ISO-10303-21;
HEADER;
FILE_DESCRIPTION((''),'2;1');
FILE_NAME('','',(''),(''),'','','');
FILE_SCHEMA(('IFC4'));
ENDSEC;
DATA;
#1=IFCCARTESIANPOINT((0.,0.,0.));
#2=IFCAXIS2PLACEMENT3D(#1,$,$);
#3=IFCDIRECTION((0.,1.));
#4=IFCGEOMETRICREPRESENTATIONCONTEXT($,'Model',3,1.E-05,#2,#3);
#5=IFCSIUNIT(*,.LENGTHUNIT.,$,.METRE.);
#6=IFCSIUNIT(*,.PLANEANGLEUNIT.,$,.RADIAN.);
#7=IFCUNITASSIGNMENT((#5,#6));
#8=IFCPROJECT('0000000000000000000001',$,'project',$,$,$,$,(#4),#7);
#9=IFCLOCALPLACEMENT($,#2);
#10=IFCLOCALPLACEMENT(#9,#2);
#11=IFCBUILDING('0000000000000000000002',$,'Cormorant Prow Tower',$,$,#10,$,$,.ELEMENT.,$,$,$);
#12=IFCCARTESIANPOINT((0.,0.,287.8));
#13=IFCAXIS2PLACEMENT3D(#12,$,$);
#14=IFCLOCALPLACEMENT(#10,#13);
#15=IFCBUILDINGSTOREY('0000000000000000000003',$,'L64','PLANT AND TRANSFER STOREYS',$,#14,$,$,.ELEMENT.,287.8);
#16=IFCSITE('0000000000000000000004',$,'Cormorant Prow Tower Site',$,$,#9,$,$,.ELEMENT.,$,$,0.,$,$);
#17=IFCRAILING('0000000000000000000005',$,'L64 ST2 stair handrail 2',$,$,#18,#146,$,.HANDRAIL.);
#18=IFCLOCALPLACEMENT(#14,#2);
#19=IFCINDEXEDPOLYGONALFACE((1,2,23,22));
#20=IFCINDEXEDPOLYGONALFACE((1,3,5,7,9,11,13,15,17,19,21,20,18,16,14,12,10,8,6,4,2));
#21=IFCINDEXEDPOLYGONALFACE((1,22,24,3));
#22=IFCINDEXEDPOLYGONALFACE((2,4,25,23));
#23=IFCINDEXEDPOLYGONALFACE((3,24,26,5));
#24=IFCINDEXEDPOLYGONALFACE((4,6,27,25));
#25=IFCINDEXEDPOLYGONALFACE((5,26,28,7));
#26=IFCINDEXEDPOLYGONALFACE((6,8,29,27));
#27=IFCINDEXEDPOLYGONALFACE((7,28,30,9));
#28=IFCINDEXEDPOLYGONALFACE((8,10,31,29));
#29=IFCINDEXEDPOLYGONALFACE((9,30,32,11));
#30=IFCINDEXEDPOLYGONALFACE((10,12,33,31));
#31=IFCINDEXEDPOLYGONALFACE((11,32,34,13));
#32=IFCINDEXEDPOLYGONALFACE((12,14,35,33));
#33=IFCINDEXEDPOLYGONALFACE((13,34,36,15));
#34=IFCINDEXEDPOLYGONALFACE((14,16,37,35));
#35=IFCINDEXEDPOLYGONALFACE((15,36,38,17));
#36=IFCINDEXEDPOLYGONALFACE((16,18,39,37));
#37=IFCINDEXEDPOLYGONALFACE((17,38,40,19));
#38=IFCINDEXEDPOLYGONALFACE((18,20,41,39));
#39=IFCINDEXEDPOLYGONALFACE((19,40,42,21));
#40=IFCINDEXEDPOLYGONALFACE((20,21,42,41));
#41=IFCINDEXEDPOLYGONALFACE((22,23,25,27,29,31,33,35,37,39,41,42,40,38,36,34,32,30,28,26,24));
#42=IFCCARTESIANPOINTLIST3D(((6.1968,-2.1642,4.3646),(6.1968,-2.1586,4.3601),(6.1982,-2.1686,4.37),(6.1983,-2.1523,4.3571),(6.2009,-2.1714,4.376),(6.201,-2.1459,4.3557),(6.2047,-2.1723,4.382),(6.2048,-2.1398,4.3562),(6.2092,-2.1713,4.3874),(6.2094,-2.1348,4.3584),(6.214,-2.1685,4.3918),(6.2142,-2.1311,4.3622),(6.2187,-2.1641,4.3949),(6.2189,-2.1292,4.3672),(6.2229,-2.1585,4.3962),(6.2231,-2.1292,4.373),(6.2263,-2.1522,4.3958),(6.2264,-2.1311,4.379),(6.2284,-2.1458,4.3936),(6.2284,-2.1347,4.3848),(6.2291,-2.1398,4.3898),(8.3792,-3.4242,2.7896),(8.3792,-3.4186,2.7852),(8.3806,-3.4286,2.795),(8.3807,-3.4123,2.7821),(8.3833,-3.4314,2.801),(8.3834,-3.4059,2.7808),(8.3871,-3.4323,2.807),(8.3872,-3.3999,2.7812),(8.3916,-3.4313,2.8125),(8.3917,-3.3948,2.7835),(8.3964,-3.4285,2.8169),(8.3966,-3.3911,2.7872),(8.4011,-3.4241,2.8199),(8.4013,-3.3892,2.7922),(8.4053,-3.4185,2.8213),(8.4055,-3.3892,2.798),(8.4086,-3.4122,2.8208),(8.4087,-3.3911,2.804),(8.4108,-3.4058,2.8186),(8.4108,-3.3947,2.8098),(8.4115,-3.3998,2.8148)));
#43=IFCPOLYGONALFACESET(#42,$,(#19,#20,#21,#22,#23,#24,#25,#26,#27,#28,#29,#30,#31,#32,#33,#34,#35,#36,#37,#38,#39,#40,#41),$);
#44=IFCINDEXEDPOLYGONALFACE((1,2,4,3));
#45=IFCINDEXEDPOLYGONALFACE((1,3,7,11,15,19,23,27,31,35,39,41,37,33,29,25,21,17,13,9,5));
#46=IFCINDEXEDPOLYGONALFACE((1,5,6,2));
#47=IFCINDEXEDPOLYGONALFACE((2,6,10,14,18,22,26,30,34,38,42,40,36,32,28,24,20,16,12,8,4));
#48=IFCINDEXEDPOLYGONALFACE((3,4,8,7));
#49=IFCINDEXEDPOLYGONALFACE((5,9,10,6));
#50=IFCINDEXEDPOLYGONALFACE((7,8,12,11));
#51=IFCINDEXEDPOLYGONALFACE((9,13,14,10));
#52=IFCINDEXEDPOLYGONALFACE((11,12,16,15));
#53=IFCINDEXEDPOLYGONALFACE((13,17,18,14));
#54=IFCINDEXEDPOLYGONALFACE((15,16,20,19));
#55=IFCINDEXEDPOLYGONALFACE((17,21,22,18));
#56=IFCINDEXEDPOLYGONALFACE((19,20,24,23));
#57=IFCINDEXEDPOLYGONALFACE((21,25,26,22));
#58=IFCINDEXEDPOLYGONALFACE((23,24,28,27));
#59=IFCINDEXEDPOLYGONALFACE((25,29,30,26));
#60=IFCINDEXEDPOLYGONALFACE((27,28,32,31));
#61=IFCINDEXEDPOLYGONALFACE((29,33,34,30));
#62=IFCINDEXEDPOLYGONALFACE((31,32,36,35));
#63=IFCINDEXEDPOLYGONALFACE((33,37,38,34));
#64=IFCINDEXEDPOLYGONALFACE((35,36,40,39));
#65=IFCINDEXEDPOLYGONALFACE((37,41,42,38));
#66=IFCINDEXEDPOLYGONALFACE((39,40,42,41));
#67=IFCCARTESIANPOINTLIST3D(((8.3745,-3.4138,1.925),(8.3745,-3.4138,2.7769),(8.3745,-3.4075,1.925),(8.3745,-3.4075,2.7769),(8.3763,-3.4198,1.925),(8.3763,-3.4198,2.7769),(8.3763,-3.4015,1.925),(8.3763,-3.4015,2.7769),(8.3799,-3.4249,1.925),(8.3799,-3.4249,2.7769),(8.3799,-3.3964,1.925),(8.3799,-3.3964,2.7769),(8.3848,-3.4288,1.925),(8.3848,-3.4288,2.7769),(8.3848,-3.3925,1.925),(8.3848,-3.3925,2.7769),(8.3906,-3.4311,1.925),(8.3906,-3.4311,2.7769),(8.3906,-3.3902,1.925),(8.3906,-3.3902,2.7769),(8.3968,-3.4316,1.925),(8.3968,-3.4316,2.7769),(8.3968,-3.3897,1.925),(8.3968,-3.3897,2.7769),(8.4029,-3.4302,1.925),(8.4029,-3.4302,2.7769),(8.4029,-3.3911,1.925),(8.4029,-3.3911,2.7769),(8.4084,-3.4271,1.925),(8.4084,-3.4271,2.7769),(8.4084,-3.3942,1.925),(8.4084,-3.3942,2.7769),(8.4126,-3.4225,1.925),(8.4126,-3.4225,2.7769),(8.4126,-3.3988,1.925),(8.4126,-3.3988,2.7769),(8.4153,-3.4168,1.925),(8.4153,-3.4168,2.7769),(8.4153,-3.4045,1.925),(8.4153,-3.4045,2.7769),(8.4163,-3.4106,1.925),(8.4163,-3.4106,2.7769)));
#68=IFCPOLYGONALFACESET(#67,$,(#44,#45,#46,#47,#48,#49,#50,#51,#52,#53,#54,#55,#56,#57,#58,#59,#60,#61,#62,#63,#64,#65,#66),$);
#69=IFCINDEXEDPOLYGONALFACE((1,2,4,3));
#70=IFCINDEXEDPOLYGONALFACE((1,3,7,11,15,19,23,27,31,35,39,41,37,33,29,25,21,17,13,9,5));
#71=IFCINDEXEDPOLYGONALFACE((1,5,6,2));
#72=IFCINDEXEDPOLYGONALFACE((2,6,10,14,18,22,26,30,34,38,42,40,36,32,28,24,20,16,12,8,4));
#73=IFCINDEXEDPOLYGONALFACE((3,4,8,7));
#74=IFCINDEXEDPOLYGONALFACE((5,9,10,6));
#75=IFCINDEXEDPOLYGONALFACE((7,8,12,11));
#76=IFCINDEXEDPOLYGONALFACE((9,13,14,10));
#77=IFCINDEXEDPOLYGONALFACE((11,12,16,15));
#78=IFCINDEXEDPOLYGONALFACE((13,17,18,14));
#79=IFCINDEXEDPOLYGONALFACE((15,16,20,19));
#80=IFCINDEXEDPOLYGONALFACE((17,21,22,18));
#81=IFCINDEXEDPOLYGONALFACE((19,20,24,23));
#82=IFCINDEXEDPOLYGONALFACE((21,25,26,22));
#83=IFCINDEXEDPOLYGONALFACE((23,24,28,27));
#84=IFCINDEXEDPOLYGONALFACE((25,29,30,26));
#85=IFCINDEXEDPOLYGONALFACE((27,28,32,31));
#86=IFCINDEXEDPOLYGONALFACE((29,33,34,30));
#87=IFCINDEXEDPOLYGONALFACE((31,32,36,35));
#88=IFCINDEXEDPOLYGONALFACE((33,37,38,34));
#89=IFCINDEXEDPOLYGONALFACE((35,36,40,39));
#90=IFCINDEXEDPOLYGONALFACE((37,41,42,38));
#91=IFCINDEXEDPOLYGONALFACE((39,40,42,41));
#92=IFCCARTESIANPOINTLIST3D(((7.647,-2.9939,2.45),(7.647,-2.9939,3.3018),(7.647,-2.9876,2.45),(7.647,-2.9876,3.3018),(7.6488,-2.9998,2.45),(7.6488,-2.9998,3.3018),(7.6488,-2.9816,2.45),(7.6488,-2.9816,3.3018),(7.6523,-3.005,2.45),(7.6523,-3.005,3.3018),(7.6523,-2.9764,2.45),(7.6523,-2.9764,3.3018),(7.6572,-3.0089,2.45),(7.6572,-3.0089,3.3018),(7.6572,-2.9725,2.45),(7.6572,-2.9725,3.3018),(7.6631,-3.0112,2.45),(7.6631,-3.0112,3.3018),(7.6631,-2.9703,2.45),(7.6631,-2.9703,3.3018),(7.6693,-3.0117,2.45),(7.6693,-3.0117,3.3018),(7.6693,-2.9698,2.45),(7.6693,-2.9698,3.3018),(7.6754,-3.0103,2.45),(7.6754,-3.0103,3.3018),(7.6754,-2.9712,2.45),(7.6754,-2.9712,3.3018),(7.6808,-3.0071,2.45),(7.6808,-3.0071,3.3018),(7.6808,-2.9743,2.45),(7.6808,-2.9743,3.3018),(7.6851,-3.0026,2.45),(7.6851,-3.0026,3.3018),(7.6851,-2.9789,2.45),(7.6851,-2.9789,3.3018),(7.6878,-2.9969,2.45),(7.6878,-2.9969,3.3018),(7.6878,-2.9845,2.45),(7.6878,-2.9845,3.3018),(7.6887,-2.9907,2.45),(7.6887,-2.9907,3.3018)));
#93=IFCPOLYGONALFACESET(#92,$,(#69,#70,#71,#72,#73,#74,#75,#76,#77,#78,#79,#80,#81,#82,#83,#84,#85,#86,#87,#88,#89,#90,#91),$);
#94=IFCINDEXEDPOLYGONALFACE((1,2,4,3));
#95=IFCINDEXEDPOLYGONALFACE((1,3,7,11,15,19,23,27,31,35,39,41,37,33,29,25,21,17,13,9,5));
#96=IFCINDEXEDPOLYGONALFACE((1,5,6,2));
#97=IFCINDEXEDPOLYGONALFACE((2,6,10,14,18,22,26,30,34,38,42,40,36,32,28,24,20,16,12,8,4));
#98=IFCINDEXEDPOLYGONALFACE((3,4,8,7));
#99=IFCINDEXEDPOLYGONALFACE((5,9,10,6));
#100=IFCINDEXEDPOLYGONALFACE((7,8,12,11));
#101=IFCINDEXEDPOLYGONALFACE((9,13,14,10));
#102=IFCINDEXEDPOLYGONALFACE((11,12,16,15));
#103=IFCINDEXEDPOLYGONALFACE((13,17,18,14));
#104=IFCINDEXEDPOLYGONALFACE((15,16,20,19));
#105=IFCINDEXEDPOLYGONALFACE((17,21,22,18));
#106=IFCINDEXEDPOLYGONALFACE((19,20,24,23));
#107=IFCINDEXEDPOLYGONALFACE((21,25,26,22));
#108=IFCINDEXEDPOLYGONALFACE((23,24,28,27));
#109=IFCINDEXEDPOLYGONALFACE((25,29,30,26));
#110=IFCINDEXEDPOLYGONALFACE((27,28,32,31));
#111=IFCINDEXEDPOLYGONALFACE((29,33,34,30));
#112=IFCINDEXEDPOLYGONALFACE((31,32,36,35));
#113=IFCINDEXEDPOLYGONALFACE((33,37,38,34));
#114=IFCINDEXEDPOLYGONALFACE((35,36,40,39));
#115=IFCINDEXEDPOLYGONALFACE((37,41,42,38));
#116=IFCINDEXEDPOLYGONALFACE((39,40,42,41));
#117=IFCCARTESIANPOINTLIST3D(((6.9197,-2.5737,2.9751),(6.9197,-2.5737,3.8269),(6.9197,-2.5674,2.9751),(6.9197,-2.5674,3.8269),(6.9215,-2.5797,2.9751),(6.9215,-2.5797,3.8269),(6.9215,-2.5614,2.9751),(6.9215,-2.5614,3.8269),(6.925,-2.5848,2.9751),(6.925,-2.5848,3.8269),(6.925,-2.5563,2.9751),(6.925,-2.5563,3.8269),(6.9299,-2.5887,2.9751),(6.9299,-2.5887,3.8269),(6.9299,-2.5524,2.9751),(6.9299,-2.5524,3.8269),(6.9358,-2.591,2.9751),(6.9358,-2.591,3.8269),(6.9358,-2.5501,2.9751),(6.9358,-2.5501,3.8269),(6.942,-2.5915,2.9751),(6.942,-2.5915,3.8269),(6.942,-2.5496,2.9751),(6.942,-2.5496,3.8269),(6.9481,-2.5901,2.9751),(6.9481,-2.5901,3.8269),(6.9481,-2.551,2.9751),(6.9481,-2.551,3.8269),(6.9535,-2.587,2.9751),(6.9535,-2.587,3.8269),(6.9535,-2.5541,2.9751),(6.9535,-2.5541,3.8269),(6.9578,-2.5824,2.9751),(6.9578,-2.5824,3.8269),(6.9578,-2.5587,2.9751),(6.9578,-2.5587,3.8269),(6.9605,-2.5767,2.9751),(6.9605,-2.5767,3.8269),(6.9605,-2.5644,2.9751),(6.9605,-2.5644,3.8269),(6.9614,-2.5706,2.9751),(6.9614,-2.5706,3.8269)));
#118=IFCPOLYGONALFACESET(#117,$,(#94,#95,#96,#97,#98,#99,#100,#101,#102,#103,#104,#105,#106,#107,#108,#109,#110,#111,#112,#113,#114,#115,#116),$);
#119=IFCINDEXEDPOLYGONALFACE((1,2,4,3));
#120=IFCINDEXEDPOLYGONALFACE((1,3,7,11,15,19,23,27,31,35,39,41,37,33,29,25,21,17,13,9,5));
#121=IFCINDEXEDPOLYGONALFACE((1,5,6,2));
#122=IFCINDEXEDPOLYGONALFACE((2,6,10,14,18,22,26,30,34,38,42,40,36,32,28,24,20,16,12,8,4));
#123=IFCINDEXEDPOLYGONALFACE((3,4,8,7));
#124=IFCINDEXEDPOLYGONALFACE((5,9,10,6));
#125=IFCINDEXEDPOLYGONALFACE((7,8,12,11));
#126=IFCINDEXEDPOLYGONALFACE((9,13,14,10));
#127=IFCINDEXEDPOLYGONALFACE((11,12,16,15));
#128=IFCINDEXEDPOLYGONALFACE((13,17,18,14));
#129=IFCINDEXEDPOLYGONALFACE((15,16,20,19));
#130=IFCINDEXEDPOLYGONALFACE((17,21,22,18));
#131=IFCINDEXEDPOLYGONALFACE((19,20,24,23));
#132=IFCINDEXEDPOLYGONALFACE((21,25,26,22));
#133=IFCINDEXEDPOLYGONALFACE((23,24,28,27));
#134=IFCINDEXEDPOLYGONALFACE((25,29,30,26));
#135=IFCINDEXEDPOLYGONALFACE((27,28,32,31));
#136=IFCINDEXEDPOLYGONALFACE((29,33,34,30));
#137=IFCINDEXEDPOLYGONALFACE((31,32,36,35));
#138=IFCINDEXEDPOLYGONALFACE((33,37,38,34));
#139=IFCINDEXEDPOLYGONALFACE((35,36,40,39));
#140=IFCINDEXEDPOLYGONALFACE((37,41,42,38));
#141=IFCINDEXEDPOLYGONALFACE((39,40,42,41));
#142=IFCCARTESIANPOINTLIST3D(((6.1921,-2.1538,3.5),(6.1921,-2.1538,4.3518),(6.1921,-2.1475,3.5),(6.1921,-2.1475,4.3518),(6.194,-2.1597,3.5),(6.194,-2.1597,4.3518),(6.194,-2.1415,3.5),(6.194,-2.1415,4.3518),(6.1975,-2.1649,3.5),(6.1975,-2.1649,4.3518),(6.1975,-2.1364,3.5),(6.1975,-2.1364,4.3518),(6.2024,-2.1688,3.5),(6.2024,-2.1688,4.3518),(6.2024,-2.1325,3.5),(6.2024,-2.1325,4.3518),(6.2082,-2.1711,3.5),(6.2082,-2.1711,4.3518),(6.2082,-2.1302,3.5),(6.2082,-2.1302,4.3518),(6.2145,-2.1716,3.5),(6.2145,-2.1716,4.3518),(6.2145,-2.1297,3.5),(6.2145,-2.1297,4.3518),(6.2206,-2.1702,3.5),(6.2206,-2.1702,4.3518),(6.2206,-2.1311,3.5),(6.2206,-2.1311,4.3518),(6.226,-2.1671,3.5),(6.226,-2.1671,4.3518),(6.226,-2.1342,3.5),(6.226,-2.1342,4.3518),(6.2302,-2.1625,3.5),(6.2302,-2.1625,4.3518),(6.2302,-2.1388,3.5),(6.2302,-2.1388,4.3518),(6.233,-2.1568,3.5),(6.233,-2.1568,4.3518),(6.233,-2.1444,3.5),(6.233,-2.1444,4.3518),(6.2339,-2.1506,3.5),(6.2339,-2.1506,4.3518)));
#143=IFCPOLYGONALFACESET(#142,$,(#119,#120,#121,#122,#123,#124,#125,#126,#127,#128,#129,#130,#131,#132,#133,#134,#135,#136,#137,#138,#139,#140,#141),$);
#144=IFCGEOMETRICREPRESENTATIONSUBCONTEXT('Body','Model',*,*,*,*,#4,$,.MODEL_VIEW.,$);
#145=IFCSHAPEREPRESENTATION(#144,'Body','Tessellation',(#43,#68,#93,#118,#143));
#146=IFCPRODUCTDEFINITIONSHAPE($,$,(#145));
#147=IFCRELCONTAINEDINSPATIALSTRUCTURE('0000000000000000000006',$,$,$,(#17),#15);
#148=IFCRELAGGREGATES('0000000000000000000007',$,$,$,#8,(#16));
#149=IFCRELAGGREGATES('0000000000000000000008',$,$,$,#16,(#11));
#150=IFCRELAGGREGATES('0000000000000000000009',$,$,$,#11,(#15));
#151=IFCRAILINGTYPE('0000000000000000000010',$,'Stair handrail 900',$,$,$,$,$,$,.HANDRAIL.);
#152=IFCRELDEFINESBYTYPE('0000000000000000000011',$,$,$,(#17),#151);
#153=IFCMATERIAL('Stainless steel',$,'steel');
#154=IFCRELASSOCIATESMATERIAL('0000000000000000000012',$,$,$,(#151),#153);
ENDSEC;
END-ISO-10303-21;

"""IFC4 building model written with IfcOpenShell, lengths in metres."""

from ifc_helpers import new_model, si_unit, direction, frame, origin, origin_2d, place, context, subcontext, project, spatial, circle, extrude, material, type_object, element, save


model = new_model("IFC4")

# Units and contexts
model_context = context("Model", 3, precision=1e-05, world=origin(), true_north=direction((0.0, 1.0)))
body_context = subcontext(model_context, "Body", "Model", "MODEL_VIEW")
ifc_project = project(units=[si_unit("LENGTHUNIT", "METRE"), si_unit("PLANEANGLEUNIT", "RADIAN")], contexts=[model_context])

# Site, building, storey
site_placement = place(None, origin())
site = spatial("IfcSite", under=ifc_project, at=site_placement, Name="Cormorant Prow Tower Site", CompositionType="ELEMENT", RefElevation=0.0)
building_placement = place(site_placement, origin())
building = spatial("IfcBuilding", under=site, at=building_placement, Name="Cormorant Prow Tower", CompositionType="ELEMENT")
storey_placement = place(building_placement, frame((0.0, 0.0, 287.8)))
storey = spatial("IfcBuildingStorey", under=building, at=storey_placement, Name="L64", Description="PLANT AND TRANSFER STOREYS", CompositionType="ELEMENT", Elevation=287.8)

# Railing
ifc_material_1 = material(Name="Stainless steel", Category="steel")
railing_type_1 = type_object("IfcRailingType", Name="Stair handrail 900", PredefinedType="HANDRAIL", material=ifc_material_1)
for number, where, name in (
    (1, (8.3953, -3.4106, 1.925), "L64 ST2 stair handrail 2"),
):
    element("IfcRailing", number, at=place(storey_placement, frame(where)), inside=storey, type_object=railing_type_1, Name=name, PredefinedType="HANDRAIL", context=body_context, shape_type="SweptSolid", body=[
        extrude(circle(Radius=0.0239, at=origin_2d()), frame((0.0, 0.0, 0.876), z_axis=(-0.734392, 0.424007, 0.529988), x_axis=(-0.500005, -0.866023, 0.0)), (0.0, 0.0, 1.0), 2.9717),
        extrude(circle(Radius=0.021, at=origin_2d()), origin(), (0.0, 0.0, 1.0), 0.8518),
        extrude(circle(Radius=0.021, at=origin_2d()), frame((-0.7275, 0.4199, 0.5249)), (0.0, 0.0, 1.0), 0.8518),
        extrude(circle(Radius=0.021, at=origin_2d()), frame((-1.4548, 0.8401, 1.05)), (0.0, 0.0, 1.0), 0.8518),
        extrude(circle(Radius=0.021, at=origin_2d()), frame((-2.1824, 1.26, 1.575)), (0.0, 0.0, 1.0), 0.8518),
    ])

save(model, "model.ifc")
